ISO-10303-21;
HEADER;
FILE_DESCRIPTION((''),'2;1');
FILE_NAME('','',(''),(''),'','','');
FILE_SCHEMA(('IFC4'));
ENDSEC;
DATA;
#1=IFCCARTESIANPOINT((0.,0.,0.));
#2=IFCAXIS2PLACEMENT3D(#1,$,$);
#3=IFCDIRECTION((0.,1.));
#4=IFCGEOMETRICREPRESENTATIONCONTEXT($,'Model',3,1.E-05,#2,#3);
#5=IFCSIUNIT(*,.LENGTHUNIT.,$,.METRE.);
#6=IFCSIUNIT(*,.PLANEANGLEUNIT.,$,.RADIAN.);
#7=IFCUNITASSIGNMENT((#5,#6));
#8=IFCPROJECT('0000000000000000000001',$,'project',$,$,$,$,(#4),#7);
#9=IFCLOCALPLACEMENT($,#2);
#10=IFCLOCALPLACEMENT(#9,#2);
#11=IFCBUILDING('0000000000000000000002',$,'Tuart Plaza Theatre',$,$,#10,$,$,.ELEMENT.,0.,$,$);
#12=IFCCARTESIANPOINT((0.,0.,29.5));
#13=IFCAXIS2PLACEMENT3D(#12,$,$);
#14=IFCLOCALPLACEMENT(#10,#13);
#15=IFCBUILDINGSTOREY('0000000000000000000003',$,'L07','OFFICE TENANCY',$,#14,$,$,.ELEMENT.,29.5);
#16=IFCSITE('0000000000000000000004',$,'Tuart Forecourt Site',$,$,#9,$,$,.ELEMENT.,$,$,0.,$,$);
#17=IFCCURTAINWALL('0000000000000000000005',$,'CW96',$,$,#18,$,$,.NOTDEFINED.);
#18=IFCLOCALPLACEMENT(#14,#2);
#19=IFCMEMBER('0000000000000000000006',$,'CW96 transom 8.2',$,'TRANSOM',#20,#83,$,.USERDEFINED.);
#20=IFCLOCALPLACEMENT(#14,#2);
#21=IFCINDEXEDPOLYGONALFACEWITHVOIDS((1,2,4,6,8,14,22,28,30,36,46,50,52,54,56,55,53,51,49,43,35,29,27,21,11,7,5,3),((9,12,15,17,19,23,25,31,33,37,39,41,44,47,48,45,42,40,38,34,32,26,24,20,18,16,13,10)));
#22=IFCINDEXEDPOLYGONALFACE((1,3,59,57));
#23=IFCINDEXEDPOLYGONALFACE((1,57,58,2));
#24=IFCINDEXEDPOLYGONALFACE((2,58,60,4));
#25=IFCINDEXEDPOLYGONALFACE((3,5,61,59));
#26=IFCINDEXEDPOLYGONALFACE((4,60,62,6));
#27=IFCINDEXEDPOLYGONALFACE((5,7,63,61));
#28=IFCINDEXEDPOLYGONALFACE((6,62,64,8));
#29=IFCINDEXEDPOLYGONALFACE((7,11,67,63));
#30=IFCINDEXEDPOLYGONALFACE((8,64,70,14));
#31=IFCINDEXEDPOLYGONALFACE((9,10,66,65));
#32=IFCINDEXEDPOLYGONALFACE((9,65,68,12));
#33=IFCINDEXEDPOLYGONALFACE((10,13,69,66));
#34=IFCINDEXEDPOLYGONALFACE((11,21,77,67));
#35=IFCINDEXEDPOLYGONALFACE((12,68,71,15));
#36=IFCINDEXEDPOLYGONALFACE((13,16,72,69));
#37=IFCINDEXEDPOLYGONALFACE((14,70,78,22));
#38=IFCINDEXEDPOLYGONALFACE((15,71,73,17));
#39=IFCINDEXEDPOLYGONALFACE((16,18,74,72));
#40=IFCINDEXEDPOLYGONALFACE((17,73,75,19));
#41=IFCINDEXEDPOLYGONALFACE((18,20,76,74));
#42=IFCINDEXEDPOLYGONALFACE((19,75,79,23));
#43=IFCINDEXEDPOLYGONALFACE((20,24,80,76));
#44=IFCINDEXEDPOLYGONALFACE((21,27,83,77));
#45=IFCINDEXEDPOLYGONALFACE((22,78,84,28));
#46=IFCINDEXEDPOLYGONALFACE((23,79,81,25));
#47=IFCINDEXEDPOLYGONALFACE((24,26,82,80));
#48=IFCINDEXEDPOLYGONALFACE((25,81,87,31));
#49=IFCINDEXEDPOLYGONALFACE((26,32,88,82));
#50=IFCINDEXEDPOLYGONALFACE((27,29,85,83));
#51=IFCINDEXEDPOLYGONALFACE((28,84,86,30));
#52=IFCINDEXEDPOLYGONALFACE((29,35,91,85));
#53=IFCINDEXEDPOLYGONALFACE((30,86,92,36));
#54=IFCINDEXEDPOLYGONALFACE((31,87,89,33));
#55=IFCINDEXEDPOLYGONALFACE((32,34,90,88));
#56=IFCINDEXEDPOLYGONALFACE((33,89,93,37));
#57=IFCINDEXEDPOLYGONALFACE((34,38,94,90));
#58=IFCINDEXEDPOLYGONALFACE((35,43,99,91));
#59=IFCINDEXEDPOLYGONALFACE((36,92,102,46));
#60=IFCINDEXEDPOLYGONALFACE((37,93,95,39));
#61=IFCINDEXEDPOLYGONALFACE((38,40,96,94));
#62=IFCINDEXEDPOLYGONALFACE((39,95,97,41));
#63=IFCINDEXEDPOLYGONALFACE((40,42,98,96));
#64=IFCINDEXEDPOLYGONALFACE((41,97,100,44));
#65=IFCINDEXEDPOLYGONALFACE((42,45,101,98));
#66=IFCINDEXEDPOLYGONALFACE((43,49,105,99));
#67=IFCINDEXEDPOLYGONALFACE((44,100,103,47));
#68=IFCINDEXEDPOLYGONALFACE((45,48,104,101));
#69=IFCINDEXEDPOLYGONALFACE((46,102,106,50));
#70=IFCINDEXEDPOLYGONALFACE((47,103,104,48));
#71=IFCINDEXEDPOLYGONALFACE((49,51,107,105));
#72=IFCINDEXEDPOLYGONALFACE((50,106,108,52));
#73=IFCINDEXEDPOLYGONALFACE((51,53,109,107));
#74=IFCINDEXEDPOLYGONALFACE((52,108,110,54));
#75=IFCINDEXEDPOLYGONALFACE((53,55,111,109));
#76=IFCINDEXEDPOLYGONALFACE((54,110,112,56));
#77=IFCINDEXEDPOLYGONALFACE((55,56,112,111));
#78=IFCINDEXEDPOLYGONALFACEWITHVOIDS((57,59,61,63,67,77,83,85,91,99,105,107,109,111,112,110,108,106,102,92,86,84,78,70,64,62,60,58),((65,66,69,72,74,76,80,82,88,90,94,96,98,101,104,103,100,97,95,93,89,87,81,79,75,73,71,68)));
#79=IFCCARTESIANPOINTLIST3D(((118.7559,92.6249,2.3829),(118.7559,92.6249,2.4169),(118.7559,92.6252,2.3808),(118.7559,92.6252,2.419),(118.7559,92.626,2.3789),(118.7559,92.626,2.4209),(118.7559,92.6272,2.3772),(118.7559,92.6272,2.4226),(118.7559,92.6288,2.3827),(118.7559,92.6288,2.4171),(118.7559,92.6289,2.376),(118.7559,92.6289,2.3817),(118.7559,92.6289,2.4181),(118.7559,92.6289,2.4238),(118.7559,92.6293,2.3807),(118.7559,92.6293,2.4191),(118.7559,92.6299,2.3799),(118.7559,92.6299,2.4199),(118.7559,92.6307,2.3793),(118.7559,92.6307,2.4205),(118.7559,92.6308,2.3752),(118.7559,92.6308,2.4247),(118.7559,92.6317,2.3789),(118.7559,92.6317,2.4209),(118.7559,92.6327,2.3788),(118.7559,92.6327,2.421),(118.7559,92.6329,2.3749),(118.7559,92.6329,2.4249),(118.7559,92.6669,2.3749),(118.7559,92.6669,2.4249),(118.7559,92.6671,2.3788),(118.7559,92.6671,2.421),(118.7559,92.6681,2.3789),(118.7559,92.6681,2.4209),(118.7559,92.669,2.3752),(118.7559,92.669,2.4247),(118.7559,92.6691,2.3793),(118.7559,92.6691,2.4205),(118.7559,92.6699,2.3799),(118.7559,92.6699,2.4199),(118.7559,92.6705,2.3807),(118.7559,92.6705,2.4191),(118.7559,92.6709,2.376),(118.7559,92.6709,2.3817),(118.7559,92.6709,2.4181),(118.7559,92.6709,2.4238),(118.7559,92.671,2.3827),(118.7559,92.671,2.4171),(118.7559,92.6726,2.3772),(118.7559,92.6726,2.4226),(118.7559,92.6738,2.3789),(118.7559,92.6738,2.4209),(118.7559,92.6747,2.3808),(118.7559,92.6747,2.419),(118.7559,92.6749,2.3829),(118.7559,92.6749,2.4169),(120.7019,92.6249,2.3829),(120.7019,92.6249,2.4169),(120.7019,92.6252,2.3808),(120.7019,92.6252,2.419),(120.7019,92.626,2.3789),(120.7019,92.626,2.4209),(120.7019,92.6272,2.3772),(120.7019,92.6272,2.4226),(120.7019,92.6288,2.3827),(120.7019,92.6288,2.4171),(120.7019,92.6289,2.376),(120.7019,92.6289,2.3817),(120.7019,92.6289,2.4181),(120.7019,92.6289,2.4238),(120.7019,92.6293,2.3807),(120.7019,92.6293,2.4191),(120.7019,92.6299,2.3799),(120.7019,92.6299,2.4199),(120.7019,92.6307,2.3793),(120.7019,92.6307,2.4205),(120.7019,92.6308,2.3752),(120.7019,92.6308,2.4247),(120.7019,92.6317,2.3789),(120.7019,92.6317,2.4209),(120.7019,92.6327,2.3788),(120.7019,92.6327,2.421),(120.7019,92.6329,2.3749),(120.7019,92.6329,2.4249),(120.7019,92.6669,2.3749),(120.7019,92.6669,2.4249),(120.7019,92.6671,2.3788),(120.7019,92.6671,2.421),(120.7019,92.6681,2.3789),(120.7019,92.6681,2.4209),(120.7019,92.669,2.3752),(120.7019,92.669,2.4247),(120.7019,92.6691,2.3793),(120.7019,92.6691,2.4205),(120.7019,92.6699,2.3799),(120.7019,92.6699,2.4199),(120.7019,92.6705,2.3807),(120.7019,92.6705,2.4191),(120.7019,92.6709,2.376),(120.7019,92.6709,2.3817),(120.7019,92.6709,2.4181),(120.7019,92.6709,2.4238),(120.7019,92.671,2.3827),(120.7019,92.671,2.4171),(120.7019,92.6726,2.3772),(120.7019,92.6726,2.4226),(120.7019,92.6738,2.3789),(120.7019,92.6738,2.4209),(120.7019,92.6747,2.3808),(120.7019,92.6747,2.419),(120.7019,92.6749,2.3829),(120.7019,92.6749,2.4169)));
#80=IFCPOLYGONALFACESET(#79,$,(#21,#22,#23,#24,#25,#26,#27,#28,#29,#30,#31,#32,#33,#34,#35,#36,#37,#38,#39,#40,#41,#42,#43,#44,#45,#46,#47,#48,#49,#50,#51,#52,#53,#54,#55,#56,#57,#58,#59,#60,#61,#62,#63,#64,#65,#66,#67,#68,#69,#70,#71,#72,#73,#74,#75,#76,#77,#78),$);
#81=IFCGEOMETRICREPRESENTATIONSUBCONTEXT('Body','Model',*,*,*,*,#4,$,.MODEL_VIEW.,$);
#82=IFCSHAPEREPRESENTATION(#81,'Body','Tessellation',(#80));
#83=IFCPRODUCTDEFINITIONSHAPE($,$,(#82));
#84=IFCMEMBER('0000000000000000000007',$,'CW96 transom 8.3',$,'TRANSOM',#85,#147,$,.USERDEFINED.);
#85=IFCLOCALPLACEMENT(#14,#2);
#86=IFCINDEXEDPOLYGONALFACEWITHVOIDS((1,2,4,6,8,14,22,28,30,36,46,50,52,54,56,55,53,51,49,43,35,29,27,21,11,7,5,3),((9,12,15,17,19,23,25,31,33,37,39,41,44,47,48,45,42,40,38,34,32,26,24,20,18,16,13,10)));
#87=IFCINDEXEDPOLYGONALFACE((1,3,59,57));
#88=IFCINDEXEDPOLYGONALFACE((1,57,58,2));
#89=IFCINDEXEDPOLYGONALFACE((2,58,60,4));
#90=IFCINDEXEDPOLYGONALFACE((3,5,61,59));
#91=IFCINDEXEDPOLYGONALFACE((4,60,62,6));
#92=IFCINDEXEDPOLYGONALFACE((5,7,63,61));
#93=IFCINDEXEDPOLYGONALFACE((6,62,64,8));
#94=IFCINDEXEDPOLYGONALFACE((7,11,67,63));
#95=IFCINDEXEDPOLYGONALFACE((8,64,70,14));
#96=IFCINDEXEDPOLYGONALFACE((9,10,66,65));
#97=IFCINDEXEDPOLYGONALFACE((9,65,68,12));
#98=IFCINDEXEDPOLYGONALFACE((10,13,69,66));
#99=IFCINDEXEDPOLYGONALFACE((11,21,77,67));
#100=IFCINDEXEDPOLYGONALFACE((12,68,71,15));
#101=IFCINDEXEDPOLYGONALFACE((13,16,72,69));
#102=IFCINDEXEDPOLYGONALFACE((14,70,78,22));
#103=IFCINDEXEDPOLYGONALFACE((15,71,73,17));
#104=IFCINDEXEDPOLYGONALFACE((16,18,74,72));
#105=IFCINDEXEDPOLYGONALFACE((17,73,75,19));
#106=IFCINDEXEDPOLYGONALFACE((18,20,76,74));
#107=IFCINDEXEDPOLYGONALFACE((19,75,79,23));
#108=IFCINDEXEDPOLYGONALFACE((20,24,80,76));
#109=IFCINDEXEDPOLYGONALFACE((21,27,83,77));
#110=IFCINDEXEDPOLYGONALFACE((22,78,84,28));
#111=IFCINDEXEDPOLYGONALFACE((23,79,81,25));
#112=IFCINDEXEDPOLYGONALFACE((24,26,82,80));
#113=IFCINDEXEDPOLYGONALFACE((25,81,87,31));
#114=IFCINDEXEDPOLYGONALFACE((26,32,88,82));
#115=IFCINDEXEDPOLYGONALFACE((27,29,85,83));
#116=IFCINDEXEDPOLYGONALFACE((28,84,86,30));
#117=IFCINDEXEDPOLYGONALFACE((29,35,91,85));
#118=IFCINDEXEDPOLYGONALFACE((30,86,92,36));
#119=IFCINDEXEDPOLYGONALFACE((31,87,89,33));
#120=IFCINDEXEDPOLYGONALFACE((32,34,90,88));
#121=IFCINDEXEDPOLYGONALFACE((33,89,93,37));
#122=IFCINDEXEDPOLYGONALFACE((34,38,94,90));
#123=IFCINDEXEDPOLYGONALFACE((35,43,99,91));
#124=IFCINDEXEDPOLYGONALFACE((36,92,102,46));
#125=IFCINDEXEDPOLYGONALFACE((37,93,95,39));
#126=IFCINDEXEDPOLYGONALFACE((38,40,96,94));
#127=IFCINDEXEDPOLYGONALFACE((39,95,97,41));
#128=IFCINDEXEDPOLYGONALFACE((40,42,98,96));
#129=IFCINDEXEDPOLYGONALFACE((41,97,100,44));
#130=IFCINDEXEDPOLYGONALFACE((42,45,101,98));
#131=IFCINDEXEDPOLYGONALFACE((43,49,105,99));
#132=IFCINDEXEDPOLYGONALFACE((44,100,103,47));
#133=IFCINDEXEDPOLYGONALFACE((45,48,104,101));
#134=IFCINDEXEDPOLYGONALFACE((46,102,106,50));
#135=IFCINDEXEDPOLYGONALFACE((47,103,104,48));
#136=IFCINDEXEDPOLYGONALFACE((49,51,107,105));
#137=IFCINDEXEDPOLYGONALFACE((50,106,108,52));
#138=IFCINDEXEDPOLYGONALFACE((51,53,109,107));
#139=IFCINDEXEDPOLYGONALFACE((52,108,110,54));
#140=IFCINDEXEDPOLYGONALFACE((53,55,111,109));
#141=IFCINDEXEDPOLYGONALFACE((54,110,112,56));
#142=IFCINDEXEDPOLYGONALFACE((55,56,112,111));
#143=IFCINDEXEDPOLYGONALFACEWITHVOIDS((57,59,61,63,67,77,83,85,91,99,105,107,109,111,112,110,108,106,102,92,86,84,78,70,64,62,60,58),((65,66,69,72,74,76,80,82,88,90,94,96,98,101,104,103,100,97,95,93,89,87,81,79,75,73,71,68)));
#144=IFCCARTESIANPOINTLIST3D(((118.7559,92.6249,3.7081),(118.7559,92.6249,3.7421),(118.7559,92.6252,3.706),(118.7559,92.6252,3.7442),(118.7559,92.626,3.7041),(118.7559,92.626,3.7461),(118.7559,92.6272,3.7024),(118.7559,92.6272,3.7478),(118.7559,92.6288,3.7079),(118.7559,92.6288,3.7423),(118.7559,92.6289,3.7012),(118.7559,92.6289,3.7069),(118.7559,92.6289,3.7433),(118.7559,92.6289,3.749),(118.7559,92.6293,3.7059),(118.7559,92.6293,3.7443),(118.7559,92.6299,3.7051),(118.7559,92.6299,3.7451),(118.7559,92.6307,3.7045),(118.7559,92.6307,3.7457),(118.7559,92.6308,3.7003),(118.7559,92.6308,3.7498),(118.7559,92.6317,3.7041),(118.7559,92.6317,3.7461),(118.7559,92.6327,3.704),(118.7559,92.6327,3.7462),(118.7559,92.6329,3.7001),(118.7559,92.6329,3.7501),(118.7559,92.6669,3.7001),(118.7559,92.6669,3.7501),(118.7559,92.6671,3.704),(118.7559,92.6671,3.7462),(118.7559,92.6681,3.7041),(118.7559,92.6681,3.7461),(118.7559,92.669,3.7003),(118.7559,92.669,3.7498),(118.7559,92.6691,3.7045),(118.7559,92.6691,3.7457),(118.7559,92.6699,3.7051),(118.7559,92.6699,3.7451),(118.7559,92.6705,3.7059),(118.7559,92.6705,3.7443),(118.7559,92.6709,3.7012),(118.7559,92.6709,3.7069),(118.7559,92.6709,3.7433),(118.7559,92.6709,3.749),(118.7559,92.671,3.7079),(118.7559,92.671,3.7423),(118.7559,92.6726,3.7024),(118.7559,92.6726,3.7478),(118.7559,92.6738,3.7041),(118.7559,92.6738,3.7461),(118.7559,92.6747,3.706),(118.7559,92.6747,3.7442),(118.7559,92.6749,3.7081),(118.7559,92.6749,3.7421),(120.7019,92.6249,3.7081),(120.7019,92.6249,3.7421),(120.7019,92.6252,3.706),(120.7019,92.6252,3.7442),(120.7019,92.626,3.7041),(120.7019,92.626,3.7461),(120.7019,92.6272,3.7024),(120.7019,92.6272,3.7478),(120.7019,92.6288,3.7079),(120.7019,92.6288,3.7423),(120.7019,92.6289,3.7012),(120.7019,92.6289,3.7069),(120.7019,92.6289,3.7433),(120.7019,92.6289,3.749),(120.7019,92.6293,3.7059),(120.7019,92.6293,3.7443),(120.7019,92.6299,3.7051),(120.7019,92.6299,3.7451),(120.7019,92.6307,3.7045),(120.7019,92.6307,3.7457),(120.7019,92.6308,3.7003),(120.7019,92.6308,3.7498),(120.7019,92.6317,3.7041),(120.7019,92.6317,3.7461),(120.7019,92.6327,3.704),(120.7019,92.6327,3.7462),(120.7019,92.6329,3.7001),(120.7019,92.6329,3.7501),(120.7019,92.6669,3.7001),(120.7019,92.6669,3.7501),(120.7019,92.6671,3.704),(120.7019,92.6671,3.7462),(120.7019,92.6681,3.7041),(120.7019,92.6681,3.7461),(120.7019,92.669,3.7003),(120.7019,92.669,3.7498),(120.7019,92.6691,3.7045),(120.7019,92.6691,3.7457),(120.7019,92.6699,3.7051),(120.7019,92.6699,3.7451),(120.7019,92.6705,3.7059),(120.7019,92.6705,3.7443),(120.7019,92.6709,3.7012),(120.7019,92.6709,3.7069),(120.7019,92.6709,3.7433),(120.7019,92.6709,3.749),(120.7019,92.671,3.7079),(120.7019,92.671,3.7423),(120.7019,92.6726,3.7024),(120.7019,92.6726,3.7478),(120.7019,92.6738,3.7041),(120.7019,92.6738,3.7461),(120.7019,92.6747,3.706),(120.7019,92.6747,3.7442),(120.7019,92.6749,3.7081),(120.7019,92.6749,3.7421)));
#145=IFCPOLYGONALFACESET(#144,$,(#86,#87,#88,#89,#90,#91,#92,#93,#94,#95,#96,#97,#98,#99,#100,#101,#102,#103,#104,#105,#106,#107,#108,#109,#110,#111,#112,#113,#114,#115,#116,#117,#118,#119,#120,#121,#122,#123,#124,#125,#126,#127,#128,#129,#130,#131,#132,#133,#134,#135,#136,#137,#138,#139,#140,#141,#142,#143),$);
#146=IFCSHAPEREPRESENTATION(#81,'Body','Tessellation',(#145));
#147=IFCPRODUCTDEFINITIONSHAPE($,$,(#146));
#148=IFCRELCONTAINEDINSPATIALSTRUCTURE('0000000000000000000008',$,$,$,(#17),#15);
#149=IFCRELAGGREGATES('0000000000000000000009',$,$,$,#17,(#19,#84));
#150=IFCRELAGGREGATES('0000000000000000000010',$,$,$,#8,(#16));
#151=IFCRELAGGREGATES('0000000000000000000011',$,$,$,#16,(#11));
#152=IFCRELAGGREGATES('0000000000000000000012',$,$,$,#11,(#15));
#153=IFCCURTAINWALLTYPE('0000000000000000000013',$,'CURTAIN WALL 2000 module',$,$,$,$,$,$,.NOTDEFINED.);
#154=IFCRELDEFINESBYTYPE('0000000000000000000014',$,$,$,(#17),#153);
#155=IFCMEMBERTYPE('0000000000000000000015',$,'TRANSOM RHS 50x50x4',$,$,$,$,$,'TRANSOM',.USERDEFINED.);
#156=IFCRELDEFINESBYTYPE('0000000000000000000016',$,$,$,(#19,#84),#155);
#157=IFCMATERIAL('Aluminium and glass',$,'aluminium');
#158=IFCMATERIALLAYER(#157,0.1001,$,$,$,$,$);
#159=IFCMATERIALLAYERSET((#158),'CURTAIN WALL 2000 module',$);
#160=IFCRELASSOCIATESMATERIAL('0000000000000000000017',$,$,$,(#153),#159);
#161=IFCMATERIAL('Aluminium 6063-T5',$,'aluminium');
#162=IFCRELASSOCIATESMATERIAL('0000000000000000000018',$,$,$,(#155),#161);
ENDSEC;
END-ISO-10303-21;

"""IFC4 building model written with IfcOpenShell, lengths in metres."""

from ifc_helpers import new_model, si_unit, direction, frame, origin, origin_2d, place, context, subcontext, project, spatial, hollow_rectangle, extrude, material, layer, layer_set, material_profile, profile_set, type_object, element, aggregate, save


model = new_model("IFC4")

# Units and contexts
model_context = context("Model", 3, precision=1e-05, world=origin(), true_north=direction((0.0, 1.0)))
body_context = subcontext(model_context, "Body", "Model", "MODEL_VIEW")
ifc_project = project(units=[si_unit("LENGTHUNIT", "METRE"), si_unit("PLANEANGLEUNIT", "RADIAN")], contexts=[model_context])

# Site, building, storey
site_placement = place(None, origin())
site = spatial("IfcSite", under=ifc_project, at=site_placement, Name="Tuart Forecourt Site", CompositionType="ELEMENT", RefElevation=0.0)
building_placement = place(site_placement, origin())
building = spatial("IfcBuilding", under=site, at=building_placement, Name="Tuart Plaza Theatre", CompositionType="ELEMENT", ElevationOfRefHeight=0.0)
storey_placement = place(building_placement, frame((0.0, 0.0, 29.5)))
storey = spatial("IfcBuildingStorey", under=building, at=storey_placement, Name="L07", Description="OFFICE TENANCY", CompositionType="ELEMENT", Elevation=29.5)

# Curtain wall, members
ifc_material_1 = material(Name="Aluminium and glass", Category="aluminium")
ifc_layer_1 = layer(ifc_material_1, 0.1001)
ifc_layer_set_1 = layer_set([ifc_layer_1], Name="CURTAIN WALL 2000 module")
curtain_wall_type = type_object("IfcCurtainWallType", Name="CURTAIN WALL 2000 module", PredefinedType="NOTDEFINED", material=ifc_layer_set_1)
curtain_wall_placement = place(storey_placement, origin())
curtain_wall = element("IfcCurtainWall", 1, at=curtain_wall_placement, inside=storey, type_object=curtain_wall_type, Name="CW96", PredefinedType="NOTDEFINED")
ifc_material_2 = material(Name="Aluminium 6063-T5", Category="aluminium")
ifc_material_profile_1 = material_profile(ifc_material_2, hollow_rectangle(XDim=0.05, YDim=0.05, WallThickness=0.0039, InnerFilletRadius=0.0039, OuterFilletRadius=0.0081, at=origin_2d()), Name="RHS 50x50x4")
ifc_profile_set_1 = profile_set([ifc_material_profile_1], Name="Aluminium 6063-T5")
member_type_1 = type_object("IfcMemberType", Name="TRANSOM RHS 50x50x4", ElementType="TRANSOM", PredefinedType="USERDEFINED", material=ifc_profile_set_1)
member_1_placement = place(storey_placement, frame((120.7019, 92.6499, 2.3999), z_axis=(-1.0, 0.0, 0.0), x_axis=(0.0, -1.0, 0.0)))
member_1 = element("IfcMember", 2, at=member_1_placement, type_object=member_type_1, Name="CW96 transom 8.2", ObjectType="TRANSOM", PredefinedType="USERDEFINED", context=body_context, shape_type="SweptSolid", body=[
    extrude(hollow_rectangle(XDim=0.05, YDim=0.05, WallThickness=0.0039, InnerFilletRadius=0.0039, OuterFilletRadius=0.0081, at=origin_2d()), origin(), (0.0, 0.0, 1.0), 1.946),
])
member_2_placement = place(storey_placement, frame((120.7019, 92.6499, 3.7251), z_axis=(-1.0, 0.0, 0.0), x_axis=(0.0, -1.0, 0.0)))
member_2 = element("IfcMember", 3, at=member_2_placement, type_object=member_type_1, Name="CW96 transom 8.3", ObjectType="TRANSOM", PredefinedType="USERDEFINED", context=body_context, shape_type="SweptSolid", body=[
    extrude(hollow_rectangle(XDim=0.05, YDim=0.05, WallThickness=0.0039, InnerFilletRadius=0.0039, OuterFilletRadius=0.0081, at=origin_2d()), origin(), (0.0, 0.0, 1.0), 1.946),
])
aggregate(curtain_wall, [member_1, member_2])

save(model, "model.ifc")
